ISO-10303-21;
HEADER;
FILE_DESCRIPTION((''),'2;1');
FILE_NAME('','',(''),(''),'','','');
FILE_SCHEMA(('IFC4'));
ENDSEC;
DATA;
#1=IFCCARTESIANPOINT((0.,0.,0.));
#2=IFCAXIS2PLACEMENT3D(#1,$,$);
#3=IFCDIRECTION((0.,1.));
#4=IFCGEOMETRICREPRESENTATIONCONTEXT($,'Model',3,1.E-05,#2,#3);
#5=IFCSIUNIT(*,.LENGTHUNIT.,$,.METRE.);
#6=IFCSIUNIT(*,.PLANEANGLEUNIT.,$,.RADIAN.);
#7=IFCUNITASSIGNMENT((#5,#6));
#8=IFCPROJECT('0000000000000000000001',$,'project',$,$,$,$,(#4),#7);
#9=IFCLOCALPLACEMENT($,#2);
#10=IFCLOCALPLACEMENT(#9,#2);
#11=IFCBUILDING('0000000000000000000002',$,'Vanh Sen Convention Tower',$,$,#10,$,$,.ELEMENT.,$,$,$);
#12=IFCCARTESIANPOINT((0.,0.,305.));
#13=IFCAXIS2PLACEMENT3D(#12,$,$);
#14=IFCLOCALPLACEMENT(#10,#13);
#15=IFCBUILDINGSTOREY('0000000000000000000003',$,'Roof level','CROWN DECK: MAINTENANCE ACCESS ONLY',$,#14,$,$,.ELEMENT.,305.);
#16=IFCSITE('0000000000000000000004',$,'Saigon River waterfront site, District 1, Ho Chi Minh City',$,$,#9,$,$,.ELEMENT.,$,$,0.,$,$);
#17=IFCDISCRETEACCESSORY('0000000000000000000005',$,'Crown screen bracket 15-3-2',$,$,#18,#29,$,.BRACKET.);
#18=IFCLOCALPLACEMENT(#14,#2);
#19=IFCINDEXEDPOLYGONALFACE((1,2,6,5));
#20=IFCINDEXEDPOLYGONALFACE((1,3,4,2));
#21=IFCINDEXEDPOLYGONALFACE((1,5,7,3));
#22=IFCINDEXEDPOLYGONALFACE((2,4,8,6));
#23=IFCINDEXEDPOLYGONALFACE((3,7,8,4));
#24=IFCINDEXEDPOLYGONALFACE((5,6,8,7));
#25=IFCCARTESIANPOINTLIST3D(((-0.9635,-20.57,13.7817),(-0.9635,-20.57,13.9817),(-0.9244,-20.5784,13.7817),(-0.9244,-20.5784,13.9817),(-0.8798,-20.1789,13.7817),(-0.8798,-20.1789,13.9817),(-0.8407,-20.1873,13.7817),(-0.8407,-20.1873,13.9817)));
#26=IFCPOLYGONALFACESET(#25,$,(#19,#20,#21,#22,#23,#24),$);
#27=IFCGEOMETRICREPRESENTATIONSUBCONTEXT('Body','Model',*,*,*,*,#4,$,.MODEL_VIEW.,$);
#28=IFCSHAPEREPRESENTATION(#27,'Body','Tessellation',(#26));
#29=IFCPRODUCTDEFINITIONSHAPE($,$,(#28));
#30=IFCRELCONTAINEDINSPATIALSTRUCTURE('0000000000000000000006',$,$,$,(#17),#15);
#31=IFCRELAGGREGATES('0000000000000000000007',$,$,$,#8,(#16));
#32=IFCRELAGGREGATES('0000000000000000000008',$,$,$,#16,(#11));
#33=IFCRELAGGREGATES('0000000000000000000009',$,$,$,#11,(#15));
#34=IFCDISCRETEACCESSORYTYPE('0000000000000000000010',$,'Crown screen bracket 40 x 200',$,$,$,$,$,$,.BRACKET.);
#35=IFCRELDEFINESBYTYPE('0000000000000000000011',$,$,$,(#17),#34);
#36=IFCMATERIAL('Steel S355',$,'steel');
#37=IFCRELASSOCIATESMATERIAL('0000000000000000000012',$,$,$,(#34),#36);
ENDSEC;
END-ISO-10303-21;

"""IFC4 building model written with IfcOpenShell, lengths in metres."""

from ifc_helpers import new_model, si_unit, direction, frame, origin, origin_2d, place, context, subcontext, project, spatial, rectangle, extrude, material, type_object, element, save


model = new_model("IFC4")

# Units and contexts
model_context = context("Model", 3, precision=1e-05, world=origin(), true_north=direction((0.0, 1.0)))
body_context = subcontext(model_context, "Body", "Model", "MODEL_VIEW")
ifc_project = project(units=[si_unit("LENGTHUNIT", "METRE"), si_unit("PLANEANGLEUNIT", "RADIAN")], contexts=[model_context])

# Site, building, storey
site_placement = place(None, origin())
site = spatial("IfcSite", under=ifc_project, at=site_placement, Name="Saigon River waterfront site, District 1, Ho Chi Minh City", CompositionType="ELEMENT", RefElevation=0.0)
building_placement = place(site_placement, origin())
building = spatial("IfcBuilding", under=site, at=building_placement, Name="Vanh Sen Convention Tower", CompositionType="ELEMENT")
storey_placement = place(building_placement, frame((0.0, 0.0, 305.0)))
storey = spatial("IfcBuildingStorey", under=building, at=storey_placement, Name="Roof level", Description="CROWN DECK: MAINTENANCE ACCESS ONLY", CompositionType="ELEMENT", Elevation=305.0)

# Discrete accessory
ifc_material_1 = material(Name="Steel S355", Category="steel")
discrete_accessory_type_1 = type_object("IfcDiscreteAccessoryType", Name="Crown screen bracket 40 x 200", PredefinedType="BRACKET", material=ifc_material_1)
discrete_accessory_1_placement = place(storey_placement, frame((-0.9021, -20.3787, 13.7817), z_axis=(0.0, 0.0, 1.0), x_axis=(-0.209236, -0.977865, 0.0)))
element("IfcDiscreteAccessory", 1, at=discrete_accessory_1_placement, inside=storey, type_object=discrete_accessory_type_1, Name="Crown screen bracket 15-3-2", PredefinedType="BRACKET", context=body_context, shape_type="SweptSolid", body=[
    extrude(rectangle(XDim=0.3999, YDim=0.04, at=origin_2d()), origin(), (0.0, 0.0, 1.0), 0.2),
])

save(model, "model.ifc")
